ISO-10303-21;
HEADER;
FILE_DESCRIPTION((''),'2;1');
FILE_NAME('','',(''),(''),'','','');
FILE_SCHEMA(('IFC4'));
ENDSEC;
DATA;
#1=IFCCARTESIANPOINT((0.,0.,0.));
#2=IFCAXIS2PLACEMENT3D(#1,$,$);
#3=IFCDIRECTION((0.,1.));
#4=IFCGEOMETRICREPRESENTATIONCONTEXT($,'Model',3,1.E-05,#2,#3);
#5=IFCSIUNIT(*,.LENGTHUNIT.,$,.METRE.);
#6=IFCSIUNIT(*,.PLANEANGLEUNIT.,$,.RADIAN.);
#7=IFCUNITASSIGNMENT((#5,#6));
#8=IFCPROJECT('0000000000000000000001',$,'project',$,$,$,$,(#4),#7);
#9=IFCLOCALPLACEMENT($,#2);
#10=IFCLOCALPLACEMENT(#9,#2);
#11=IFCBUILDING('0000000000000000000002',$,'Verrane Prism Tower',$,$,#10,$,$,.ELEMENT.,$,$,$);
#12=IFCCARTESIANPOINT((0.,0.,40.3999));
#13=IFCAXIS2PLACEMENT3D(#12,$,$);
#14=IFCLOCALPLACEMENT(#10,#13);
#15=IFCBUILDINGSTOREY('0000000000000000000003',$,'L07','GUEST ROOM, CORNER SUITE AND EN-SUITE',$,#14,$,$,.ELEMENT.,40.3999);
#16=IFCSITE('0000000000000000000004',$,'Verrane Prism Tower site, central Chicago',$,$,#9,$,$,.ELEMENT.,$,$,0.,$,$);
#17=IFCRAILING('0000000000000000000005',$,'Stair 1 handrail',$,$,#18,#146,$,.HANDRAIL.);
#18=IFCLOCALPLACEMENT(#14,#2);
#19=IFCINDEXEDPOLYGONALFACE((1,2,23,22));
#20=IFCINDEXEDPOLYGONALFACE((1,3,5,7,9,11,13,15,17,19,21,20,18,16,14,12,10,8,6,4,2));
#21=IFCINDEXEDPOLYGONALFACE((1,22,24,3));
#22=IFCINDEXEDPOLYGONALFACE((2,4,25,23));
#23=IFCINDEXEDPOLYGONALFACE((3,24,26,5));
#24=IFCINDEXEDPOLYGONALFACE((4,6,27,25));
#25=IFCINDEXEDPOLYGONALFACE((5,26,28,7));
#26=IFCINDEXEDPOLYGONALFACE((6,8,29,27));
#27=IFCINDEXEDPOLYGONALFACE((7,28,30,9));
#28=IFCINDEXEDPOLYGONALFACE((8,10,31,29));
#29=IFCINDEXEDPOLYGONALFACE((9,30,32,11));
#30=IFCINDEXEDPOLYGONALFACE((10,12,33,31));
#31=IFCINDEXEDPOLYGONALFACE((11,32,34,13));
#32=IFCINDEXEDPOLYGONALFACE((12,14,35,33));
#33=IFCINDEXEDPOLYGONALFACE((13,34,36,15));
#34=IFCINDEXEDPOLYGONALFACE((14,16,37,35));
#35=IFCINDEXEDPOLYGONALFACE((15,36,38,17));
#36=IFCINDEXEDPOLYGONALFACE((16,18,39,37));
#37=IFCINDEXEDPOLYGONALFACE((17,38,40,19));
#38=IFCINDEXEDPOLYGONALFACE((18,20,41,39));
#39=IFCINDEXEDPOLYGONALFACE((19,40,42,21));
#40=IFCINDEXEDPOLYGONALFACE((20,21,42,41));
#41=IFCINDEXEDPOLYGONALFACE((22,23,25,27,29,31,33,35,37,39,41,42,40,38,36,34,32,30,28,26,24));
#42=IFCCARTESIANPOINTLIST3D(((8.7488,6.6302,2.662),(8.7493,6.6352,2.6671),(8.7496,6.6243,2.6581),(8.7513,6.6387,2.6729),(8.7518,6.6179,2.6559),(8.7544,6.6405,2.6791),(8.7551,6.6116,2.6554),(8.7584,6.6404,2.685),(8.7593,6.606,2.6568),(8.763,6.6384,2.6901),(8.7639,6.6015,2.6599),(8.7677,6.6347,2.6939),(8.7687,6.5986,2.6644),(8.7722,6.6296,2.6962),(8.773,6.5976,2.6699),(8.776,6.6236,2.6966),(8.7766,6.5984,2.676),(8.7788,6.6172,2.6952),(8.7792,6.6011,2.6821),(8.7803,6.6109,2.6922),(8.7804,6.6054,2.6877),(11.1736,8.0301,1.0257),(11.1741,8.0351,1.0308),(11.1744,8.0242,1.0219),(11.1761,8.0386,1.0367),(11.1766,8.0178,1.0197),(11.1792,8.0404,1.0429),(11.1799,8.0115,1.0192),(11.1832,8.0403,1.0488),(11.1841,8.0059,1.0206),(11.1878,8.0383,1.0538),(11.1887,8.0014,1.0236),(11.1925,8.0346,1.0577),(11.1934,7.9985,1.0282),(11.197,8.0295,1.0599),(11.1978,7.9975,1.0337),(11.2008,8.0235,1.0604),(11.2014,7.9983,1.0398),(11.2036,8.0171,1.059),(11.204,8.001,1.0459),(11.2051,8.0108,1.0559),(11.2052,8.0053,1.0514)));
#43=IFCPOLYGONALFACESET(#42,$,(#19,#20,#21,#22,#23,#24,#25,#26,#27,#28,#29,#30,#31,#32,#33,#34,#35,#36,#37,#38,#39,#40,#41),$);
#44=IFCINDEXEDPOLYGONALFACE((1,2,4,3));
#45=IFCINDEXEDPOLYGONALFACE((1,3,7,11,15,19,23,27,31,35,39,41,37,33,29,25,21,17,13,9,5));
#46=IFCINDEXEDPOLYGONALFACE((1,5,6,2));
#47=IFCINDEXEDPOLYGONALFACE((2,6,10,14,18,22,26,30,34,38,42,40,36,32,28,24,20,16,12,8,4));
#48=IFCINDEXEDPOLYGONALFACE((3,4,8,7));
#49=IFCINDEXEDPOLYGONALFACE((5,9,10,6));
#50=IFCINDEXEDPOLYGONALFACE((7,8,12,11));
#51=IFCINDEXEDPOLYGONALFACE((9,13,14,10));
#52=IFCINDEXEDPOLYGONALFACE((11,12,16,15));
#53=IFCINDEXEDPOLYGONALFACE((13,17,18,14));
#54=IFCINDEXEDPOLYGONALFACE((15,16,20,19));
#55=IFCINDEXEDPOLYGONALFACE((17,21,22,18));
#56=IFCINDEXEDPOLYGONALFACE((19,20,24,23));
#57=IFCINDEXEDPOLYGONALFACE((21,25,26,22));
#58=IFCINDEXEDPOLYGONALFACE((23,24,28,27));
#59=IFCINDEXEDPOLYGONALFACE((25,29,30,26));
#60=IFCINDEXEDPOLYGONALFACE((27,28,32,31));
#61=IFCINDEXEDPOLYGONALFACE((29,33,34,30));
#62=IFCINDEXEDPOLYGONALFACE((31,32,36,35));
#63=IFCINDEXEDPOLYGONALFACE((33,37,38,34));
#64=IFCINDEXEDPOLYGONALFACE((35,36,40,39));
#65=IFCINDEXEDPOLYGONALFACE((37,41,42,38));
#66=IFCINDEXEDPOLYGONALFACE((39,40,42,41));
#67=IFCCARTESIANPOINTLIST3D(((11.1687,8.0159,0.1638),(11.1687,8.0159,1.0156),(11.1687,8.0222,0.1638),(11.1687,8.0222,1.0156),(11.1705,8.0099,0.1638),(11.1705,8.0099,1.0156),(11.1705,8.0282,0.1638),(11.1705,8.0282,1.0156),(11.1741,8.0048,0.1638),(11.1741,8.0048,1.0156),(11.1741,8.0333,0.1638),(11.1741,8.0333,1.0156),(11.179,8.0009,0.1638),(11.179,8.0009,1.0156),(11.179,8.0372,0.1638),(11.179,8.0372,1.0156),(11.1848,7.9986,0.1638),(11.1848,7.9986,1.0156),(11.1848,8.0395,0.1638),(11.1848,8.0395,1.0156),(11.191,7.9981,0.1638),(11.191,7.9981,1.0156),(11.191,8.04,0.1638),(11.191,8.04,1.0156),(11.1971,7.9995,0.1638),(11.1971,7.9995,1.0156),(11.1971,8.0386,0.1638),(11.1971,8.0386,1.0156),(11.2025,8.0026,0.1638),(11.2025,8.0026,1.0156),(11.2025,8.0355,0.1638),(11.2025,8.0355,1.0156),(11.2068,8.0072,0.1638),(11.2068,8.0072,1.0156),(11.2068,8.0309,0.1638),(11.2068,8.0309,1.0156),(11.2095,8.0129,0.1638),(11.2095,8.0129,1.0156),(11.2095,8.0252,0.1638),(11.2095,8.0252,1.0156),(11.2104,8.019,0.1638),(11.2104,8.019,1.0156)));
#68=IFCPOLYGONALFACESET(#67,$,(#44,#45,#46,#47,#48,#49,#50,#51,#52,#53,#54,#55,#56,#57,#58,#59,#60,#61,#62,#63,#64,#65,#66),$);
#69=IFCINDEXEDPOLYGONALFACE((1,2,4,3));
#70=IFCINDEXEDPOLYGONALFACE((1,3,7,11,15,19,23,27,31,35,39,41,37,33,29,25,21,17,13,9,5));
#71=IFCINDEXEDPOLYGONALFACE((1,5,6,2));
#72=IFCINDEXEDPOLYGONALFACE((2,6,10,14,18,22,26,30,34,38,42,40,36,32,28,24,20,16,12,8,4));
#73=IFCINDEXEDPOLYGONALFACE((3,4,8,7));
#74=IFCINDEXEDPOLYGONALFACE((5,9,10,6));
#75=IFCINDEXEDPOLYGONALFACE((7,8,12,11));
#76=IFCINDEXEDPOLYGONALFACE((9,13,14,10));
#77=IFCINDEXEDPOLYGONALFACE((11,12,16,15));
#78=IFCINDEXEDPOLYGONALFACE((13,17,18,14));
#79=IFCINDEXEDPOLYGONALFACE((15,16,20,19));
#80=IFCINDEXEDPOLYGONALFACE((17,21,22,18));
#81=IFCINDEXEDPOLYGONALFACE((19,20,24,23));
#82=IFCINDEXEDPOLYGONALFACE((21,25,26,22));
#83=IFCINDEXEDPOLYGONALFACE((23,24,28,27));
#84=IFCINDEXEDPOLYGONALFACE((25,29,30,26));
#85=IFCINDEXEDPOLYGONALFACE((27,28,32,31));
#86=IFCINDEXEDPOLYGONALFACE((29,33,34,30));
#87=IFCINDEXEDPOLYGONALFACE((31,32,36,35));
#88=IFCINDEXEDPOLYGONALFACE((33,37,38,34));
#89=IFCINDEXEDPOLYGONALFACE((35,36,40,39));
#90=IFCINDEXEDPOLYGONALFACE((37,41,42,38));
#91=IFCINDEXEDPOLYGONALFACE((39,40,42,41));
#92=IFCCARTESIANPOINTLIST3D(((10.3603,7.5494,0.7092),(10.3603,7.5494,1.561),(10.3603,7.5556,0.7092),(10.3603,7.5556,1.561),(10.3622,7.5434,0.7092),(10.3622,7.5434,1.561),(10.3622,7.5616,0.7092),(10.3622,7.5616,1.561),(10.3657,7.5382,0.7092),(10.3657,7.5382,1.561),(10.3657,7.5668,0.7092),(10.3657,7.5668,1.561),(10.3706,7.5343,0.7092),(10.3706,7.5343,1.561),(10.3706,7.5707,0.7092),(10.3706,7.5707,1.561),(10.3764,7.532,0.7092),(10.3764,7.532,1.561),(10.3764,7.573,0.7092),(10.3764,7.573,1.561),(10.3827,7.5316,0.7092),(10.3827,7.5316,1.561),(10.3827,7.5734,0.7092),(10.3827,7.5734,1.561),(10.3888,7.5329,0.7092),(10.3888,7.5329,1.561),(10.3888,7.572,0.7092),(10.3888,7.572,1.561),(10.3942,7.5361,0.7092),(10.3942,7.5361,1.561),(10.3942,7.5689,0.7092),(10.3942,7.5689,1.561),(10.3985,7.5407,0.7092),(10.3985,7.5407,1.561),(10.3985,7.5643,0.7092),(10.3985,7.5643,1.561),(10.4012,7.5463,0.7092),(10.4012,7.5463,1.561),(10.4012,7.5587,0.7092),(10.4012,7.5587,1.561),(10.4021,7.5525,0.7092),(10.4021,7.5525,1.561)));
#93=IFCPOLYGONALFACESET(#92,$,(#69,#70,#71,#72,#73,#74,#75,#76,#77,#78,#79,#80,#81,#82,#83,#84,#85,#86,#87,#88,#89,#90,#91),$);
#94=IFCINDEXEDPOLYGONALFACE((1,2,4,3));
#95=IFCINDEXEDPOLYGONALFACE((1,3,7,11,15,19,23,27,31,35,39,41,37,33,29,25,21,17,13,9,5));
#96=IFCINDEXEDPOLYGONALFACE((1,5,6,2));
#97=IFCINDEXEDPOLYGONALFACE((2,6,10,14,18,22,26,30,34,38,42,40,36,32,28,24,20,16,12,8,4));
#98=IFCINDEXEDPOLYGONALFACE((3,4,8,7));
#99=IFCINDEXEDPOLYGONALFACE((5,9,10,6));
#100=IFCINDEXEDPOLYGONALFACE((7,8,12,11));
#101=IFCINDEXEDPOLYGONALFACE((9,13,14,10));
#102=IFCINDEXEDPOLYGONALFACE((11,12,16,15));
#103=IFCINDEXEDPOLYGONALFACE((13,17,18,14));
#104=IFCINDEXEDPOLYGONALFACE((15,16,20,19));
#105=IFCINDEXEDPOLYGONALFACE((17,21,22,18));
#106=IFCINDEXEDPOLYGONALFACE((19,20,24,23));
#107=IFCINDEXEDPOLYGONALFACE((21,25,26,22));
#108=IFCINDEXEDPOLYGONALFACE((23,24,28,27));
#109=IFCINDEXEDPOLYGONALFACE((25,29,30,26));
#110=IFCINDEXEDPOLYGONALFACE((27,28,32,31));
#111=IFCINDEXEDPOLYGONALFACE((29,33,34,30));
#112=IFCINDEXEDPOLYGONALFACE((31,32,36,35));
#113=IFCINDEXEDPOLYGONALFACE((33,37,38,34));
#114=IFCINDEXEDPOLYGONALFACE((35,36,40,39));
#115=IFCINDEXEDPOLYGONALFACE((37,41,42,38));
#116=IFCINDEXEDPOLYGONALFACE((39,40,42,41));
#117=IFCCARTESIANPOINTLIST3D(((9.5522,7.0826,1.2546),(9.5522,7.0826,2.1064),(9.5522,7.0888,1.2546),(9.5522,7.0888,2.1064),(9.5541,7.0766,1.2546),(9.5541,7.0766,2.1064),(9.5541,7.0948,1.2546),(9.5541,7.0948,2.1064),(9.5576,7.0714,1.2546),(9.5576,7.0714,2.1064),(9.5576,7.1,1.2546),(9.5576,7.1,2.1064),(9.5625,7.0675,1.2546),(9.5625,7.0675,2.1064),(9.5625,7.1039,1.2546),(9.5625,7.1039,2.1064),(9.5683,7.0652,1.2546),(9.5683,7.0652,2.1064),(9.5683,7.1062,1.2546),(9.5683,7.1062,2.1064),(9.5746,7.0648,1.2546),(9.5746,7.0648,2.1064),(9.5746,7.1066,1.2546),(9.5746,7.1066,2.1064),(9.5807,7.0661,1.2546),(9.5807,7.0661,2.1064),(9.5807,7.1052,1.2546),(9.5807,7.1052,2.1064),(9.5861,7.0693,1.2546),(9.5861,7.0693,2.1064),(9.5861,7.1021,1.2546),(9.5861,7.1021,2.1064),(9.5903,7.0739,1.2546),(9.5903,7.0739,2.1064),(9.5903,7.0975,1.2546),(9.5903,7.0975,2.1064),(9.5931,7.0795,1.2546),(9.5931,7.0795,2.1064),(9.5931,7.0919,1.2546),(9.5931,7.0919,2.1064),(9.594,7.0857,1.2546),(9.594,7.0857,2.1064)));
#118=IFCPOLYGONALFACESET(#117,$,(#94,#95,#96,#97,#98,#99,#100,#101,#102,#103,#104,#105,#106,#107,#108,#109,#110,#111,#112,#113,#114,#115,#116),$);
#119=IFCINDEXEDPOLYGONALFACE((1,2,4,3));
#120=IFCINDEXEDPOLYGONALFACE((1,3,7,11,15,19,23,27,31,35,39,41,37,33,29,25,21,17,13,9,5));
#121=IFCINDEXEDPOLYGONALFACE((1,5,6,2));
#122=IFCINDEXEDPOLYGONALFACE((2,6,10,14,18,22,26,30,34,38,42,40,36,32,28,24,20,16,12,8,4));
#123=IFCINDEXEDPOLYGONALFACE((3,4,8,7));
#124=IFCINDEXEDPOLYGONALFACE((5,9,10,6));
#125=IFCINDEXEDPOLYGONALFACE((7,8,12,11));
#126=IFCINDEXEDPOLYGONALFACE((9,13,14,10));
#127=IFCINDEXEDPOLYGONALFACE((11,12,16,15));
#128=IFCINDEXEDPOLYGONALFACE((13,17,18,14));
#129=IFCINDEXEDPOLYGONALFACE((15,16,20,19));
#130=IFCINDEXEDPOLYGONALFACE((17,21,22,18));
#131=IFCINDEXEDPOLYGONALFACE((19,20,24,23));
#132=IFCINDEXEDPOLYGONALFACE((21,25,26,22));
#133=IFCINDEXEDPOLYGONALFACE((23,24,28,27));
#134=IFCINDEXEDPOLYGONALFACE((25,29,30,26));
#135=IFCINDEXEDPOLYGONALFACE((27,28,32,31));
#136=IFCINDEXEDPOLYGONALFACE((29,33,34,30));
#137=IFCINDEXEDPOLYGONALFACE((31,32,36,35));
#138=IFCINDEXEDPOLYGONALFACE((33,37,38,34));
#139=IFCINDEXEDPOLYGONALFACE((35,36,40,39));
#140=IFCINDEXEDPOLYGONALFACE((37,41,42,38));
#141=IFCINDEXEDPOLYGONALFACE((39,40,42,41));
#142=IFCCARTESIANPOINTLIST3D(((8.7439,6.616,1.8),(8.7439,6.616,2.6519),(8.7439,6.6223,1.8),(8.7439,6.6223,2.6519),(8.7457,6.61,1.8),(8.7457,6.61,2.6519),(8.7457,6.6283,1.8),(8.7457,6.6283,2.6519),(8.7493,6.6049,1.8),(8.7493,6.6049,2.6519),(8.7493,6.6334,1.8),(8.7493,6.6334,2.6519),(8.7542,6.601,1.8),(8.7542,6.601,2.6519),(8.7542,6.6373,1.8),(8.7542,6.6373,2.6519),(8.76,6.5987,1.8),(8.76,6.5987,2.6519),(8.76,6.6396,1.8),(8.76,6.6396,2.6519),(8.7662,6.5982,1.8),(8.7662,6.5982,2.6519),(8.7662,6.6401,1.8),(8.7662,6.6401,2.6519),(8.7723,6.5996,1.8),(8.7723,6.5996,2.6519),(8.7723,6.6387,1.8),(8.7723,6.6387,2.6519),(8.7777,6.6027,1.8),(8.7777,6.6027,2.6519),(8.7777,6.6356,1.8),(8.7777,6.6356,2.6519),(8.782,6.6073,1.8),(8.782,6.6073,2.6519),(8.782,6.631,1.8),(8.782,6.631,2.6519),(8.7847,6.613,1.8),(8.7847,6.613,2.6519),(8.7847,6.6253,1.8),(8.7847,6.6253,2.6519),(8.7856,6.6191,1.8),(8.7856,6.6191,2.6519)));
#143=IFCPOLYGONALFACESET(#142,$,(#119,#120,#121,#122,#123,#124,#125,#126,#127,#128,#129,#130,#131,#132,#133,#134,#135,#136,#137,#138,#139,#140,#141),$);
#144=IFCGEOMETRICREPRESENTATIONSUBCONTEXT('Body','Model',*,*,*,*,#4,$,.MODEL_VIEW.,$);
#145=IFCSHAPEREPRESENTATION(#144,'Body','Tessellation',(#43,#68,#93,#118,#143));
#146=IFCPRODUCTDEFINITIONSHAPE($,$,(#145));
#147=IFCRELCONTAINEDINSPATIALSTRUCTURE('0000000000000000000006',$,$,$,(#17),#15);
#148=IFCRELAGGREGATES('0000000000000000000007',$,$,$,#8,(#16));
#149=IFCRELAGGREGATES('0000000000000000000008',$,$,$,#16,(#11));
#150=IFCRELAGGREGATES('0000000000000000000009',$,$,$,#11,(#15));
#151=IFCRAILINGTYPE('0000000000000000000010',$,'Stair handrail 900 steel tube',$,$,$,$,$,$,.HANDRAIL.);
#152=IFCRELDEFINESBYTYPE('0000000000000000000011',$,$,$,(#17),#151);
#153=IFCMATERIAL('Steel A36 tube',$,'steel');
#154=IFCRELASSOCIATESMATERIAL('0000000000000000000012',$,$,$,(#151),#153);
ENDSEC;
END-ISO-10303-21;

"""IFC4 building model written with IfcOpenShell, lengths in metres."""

from ifc_helpers import new_model, si_unit, direction, frame, origin, origin_2d, place, context, subcontext, project, spatial, circle, extrude, material, type_object, element, save


model = new_model("IFC4")

# Units and contexts
model_context = context("Model", 3, precision=1e-05, world=origin(), true_north=direction((0.0, 1.0)))
body_context = subcontext(model_context, "Body", "Model", "MODEL_VIEW")
ifc_project = project(units=[si_unit("LENGTHUNIT", "METRE"), si_unit("PLANEANGLEUNIT", "RADIAN")], contexts=[model_context])

# Site, building, storey
site_placement = place(None, origin())
site = spatial("IfcSite", under=ifc_project, at=site_placement, Name="Verrane Prism Tower site, central Chicago", CompositionType="ELEMENT", RefElevation=0.0)
building_placement = place(site_placement, origin())
building = spatial("IfcBuilding", under=site, at=building_placement, Name="Verrane Prism Tower", CompositionType="ELEMENT")
storey_placement = place(building_placement, frame((0.0, 0.0, 40.3999)))
storey = spatial("IfcBuildingStorey", under=building, at=storey_placement, Name="L07", Description="GUEST ROOM, CORNER SUITE AND EN-SUITE", CompositionType="ELEMENT", Elevation=40.3999)

# Railing
ifc_material_1 = material(Name="Steel A36 tube", Category="steel")
railing_type_1 = type_object("IfcRailingType", Name="Stair handrail 900 steel tube", PredefinedType="HANDRAIL", material=ifc_material_1)
railing_1_placement = place(storey_placement, frame((11.1895, 8.019, 0.1638)))
element("IfcRailing", 1, at=railing_1_placement, inside=storey, type_object=railing_type_1, Name="Stair 1 handrail", PredefinedType="HANDRAIL", context=body_context, shape_type="SweptSolid", body=[
    extrude(circle(Radius=0.0239, at=origin_2d()), frame((0.0, 0.0, 0.876), z_axis=(-0.747718, -0.431677, 0.504552), x_axis=(0.499984, -0.866035, 0.0)), (0.0, 0.0, 1.0), 3.2429),
    extrude(circle(Radius=0.021, at=origin_2d()), origin(), (0.0, 0.0, 1.0), 0.8518),
    extrude(circle(Radius=0.021, at=origin_2d()), frame((-0.8083, -0.4666, 0.5454)), (0.0, 0.0, 1.0), 0.8518),
    extrude(circle(Radius=0.021, at=origin_2d()), frame((-1.6165, -0.9333, 1.0908)), (0.0, 0.0, 1.0), 0.8518),
    extrude(circle(Radius=0.021, at=origin_2d()), frame((-2.4248, -1.3999, 1.6362)), (0.0, 0.0, 1.0), 0.8518),
])

save(model, "model.ifc")
